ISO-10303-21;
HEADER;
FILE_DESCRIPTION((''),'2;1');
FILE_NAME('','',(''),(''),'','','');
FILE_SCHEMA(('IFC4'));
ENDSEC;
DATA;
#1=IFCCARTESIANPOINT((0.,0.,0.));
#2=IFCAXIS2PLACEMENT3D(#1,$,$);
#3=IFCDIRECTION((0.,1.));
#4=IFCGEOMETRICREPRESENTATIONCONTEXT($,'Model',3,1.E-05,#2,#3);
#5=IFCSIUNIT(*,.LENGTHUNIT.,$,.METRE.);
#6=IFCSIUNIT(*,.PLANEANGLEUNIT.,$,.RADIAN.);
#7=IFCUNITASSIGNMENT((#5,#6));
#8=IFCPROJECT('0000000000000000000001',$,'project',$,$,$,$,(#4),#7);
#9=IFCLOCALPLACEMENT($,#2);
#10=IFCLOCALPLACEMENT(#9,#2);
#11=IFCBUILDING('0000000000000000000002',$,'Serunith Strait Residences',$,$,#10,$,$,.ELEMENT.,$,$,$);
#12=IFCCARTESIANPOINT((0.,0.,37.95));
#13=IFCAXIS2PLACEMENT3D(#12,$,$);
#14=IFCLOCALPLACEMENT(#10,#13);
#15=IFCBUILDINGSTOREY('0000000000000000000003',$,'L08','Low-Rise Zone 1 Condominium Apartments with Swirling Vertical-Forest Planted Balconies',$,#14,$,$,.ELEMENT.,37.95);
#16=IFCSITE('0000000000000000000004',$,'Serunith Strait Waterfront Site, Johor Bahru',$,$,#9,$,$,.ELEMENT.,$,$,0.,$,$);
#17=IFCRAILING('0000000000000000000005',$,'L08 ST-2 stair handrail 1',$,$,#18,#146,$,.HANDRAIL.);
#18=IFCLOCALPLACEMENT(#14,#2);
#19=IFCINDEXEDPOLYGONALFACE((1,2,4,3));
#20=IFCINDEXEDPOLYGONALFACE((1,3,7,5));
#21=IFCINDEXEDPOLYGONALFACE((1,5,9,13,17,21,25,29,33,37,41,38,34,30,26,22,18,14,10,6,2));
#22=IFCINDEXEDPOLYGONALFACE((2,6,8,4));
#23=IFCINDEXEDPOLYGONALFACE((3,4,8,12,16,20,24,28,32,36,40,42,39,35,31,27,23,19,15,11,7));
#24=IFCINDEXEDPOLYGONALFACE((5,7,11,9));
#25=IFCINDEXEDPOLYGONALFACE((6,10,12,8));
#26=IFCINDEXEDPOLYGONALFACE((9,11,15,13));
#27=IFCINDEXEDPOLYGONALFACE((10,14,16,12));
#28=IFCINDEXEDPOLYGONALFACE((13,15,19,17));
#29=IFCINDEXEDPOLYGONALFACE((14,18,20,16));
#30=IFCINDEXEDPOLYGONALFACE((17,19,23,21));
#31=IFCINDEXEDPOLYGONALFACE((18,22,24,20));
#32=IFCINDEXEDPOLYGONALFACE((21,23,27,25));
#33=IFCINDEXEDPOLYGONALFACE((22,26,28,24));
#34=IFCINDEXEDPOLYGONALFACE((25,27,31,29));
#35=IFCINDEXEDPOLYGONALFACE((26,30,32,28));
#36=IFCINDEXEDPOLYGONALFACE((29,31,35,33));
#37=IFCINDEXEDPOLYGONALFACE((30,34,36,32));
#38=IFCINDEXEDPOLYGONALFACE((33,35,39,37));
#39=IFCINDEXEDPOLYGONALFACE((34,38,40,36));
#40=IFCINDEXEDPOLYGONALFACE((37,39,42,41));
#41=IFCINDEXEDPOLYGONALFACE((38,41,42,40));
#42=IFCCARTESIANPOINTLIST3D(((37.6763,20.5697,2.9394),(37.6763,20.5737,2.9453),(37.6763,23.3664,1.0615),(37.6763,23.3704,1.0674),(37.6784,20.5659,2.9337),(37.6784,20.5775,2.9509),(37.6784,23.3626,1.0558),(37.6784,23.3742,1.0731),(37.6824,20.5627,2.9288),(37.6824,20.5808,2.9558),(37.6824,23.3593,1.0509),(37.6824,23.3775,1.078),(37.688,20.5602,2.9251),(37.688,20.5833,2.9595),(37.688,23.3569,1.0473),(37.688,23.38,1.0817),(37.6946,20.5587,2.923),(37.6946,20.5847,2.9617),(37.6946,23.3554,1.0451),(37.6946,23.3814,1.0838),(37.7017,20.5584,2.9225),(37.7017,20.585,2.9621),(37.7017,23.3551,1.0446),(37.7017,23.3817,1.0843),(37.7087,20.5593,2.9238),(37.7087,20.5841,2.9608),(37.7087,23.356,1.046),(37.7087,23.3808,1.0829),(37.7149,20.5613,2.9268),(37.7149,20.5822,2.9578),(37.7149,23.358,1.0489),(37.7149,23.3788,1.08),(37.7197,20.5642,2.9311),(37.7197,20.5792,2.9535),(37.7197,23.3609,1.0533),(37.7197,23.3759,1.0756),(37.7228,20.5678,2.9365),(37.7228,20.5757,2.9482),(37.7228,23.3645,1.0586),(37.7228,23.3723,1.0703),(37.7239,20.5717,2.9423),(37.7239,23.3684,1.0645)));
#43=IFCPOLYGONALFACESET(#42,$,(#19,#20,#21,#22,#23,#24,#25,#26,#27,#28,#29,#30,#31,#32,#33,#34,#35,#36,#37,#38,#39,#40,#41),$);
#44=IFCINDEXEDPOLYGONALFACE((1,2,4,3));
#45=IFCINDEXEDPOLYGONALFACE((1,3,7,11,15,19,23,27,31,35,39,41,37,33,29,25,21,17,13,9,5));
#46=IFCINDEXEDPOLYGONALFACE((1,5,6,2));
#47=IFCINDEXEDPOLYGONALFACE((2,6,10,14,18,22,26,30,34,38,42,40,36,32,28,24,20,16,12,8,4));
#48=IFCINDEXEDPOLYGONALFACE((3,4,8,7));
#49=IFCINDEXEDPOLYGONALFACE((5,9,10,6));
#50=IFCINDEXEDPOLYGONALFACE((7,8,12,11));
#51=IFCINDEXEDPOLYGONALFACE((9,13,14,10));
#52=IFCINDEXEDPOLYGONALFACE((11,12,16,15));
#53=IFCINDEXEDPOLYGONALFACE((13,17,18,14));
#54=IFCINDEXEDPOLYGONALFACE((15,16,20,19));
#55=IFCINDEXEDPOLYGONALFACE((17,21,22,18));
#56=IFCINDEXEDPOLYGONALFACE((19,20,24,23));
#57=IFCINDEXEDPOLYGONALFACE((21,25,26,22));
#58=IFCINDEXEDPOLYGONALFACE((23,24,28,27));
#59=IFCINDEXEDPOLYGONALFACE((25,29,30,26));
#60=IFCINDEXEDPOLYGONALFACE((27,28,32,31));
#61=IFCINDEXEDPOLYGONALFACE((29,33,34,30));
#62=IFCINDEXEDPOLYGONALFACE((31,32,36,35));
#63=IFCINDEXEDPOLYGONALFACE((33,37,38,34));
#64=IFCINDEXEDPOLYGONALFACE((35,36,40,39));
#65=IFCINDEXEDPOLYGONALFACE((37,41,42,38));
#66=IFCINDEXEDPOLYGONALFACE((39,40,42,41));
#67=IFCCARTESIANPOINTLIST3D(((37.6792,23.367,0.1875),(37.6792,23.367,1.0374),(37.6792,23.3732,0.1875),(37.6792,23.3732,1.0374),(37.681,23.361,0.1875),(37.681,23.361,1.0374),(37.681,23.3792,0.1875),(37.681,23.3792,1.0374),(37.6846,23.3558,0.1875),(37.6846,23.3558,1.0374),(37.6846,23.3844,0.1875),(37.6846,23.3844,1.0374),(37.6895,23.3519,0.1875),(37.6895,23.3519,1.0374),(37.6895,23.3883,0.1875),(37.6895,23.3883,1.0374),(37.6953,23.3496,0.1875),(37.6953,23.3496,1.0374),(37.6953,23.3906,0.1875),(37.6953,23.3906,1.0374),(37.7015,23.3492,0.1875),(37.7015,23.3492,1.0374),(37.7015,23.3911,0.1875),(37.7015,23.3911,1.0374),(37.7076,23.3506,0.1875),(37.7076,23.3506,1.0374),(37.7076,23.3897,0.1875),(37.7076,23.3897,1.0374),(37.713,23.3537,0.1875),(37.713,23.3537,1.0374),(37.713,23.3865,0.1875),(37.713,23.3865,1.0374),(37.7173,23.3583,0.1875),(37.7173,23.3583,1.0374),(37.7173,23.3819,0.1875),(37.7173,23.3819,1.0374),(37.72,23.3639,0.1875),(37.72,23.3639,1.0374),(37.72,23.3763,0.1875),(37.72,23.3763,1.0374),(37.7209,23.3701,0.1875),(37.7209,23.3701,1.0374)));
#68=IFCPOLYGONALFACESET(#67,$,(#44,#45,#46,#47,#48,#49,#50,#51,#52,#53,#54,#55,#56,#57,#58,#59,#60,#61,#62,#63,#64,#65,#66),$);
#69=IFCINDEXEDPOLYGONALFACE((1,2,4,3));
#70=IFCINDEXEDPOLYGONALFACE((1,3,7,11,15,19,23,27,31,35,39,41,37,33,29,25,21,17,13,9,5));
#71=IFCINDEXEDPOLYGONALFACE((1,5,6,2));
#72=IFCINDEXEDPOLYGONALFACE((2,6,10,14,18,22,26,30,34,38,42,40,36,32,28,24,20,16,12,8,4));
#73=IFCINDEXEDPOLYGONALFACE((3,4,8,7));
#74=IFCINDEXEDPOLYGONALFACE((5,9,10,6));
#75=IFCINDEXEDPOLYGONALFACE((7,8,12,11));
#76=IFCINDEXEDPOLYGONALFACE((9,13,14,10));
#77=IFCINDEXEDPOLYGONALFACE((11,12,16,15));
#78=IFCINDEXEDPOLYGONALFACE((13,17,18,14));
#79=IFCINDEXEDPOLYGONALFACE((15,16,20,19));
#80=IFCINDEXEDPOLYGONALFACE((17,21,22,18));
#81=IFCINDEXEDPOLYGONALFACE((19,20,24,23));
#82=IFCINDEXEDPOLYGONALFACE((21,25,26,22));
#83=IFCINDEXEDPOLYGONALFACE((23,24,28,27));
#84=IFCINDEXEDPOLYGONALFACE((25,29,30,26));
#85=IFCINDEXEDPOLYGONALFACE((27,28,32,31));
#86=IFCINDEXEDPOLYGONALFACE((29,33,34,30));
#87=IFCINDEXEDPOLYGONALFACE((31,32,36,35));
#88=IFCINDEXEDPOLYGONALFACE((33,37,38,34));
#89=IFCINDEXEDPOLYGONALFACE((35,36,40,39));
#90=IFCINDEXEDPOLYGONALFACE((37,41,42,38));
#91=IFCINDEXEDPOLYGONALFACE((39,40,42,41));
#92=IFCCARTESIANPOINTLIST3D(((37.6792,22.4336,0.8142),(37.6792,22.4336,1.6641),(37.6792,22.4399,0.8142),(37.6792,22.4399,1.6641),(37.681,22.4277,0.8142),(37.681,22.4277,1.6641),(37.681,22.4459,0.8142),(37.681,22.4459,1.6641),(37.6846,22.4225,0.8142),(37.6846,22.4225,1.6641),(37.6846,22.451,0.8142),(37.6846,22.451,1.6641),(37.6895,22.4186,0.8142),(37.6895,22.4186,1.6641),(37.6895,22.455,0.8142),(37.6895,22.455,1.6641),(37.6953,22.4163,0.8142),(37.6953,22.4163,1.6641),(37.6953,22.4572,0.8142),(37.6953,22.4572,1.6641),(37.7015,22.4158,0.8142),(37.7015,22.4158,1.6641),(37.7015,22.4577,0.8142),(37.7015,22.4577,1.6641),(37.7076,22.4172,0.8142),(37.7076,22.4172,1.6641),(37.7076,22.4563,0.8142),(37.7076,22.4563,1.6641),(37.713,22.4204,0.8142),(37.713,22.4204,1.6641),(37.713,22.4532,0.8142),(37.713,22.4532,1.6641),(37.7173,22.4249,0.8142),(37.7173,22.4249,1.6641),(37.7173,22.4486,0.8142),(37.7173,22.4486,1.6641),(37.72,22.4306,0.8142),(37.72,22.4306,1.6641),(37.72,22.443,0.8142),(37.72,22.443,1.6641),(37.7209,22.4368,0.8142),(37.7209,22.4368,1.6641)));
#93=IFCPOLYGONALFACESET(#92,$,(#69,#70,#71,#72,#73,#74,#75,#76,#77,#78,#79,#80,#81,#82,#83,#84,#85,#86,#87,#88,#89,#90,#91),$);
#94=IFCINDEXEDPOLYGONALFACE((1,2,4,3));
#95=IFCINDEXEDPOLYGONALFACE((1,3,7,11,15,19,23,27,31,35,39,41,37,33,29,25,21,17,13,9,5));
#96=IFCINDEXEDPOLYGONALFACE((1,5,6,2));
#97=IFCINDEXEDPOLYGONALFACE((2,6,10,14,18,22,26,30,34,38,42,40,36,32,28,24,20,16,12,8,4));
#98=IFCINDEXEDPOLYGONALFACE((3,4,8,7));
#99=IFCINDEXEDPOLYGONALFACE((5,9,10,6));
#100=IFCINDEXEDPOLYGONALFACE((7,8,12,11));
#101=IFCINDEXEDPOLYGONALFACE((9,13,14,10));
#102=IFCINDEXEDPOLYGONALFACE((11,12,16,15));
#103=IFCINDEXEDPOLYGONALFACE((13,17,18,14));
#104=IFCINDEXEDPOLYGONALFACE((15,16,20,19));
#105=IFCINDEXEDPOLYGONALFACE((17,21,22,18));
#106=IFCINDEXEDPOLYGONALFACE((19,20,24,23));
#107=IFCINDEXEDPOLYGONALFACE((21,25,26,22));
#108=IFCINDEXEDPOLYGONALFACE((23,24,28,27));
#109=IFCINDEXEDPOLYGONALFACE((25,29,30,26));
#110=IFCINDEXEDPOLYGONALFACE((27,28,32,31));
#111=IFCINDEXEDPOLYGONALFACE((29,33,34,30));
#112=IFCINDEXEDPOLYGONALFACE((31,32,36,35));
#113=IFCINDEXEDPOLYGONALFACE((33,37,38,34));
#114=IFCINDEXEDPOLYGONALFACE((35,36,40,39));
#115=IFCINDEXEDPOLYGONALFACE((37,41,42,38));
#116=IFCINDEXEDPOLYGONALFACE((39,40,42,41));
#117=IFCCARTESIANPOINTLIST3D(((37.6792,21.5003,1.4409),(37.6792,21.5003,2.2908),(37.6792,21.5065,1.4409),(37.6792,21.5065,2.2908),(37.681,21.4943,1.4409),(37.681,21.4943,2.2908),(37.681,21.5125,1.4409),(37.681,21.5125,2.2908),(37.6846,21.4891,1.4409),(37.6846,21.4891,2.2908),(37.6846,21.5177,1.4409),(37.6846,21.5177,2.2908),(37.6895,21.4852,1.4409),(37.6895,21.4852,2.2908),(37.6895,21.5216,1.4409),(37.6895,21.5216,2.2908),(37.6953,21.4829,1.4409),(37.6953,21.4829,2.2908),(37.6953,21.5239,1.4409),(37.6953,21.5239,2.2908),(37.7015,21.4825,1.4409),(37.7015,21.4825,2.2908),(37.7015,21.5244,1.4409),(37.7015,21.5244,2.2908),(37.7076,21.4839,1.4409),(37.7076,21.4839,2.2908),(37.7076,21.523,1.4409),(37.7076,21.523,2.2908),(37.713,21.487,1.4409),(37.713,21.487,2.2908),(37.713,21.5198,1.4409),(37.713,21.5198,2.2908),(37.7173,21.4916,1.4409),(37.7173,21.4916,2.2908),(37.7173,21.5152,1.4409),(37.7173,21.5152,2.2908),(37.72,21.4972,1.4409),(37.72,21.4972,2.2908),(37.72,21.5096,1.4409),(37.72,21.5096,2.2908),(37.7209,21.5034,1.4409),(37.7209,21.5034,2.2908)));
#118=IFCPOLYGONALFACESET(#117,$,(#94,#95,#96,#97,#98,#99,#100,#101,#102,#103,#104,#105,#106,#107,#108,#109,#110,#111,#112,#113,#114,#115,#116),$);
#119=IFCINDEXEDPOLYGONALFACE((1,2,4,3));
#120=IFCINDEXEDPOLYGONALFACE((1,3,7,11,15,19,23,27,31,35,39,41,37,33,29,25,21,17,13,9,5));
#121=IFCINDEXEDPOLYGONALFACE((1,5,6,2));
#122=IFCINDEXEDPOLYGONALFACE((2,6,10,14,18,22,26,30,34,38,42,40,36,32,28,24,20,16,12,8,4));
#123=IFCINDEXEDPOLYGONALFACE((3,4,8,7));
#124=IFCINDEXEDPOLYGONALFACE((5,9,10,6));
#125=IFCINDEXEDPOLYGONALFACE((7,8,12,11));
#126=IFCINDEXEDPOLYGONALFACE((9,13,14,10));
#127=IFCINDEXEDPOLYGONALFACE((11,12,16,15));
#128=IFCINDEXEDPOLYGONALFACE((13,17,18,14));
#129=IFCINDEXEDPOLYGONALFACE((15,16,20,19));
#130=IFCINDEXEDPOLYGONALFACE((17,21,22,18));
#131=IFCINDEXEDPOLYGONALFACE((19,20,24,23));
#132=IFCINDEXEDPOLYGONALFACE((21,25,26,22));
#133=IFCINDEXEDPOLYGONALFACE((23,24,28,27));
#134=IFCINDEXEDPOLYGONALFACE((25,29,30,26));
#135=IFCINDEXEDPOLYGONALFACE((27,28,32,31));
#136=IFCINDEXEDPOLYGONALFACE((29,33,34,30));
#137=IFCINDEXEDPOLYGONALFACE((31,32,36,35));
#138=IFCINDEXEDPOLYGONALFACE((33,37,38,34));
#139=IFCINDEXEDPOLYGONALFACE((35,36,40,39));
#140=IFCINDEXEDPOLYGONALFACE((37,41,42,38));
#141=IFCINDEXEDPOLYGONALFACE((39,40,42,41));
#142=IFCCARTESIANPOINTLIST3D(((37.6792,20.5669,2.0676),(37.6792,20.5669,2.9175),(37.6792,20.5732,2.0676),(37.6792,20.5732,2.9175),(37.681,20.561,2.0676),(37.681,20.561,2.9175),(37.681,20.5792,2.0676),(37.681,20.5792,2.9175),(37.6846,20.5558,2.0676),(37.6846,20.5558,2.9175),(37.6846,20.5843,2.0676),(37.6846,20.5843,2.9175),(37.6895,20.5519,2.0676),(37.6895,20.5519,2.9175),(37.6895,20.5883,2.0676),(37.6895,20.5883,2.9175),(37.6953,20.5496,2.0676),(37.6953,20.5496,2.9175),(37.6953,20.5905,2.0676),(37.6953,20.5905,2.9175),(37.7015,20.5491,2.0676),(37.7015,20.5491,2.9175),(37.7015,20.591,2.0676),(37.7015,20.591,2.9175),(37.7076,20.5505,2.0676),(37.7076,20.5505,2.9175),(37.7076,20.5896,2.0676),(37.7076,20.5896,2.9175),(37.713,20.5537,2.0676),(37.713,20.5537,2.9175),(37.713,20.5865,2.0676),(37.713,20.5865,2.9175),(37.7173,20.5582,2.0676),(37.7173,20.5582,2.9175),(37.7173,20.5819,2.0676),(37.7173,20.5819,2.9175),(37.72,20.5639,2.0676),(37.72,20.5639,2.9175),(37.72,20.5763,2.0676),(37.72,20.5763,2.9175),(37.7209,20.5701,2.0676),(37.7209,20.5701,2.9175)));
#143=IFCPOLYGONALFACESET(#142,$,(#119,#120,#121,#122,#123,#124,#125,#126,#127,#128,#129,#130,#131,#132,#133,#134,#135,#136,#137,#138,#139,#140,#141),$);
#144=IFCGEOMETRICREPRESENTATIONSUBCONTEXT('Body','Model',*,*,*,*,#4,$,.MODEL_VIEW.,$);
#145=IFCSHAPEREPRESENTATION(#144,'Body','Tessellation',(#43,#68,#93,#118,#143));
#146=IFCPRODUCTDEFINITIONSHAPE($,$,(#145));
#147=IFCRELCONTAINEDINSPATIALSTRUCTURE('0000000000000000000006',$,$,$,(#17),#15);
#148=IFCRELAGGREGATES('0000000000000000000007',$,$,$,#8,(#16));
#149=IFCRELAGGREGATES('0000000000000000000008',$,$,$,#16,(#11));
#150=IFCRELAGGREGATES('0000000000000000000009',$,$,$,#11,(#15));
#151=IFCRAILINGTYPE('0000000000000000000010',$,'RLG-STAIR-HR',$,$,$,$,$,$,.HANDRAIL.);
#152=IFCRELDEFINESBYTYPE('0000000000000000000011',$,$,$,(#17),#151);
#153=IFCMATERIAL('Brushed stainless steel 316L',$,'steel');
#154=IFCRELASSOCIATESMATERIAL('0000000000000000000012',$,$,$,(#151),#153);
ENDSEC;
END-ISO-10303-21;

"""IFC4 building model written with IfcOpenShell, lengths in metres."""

from ifc_helpers import new_model, si_unit, direction, frame, origin, origin_2d, place, context, subcontext, project, spatial, circle, extrude, material, type_object, element, save


model = new_model("IFC4")

# Units and contexts
model_context = context("Model", 3, precision=1e-05, world=origin(), true_north=direction((0.0, 1.0)))
body_context = subcontext(model_context, "Body", "Model", "MODEL_VIEW")
ifc_project = project(units=[si_unit("LENGTHUNIT", "METRE"), si_unit("PLANEANGLEUNIT", "RADIAN")], contexts=[model_context])

# Site, building, storey
site_placement = place(None, origin())
site = spatial("IfcSite", under=ifc_project, at=site_placement, Name="Serunith Strait Waterfront Site, Johor Bahru", CompositionType="ELEMENT", RefElevation=0.0)
building_placement = place(site_placement, origin())
building = spatial("IfcBuilding", under=site, at=building_placement, Name="Serunith Strait Residences", CompositionType="ELEMENT")
storey_placement = place(building_placement, frame((0.0, 0.0, 37.95)))
storey = spatial("IfcBuildingStorey", under=building, at=storey_placement, Name="L08", Description="Low-Rise Zone 1 Condominium Apartments with Swirling Vertical-Forest Planted Balconies", CompositionType="ELEMENT", Elevation=37.95)

# Railing
ifc_material_1 = material(Name="Brushed stainless steel 316L", Category="steel")
railing_type_1 = type_object("IfcRailingType", Name="RLG-STAIR-HR", PredefinedType="HANDRAIL", material=ifc_material_1)
railing_1_placement = place(storey_placement, frame((37.7, 23.3701, 0.1875)))
element("IfcRailing", 1, at=railing_1_placement, inside=storey, type_object=railing_type_1, Name="L08 ST-2 stair handrail 1", PredefinedType="HANDRAIL", context=body_context, shape_type="SweptSolid", body=[
    extrude(circle(Radius=0.0239, at=origin_2d()), frame((0.0, -0.0017, 0.877), z_axis=(0.0, -0.830208, 0.557453), x_axis=(1.0, 0.0, 0.0)), (0.0, 0.0, 1.0), 3.3687),
    extrude(circle(Radius=0.021, at=origin_2d()), origin(), (0.0, 0.0, 1.0), 0.8499),
    extrude(circle(Radius=0.021, at=origin_2d()), frame((0.0, -0.9333, 0.6267)), (0.0, 0.0, 1.0), 0.8499),
    extrude(circle(Radius=0.021, at=origin_2d()), frame((0.0, -1.8667, 1.2534)), (0.0, 0.0, 1.0), 0.8499),
    extrude(circle(Radius=0.021, at=origin_2d()), frame((0.0, -2.8, 1.8801)), (0.0, 0.0, 1.0), 0.8499),
])

save(model, "model.ifc")
